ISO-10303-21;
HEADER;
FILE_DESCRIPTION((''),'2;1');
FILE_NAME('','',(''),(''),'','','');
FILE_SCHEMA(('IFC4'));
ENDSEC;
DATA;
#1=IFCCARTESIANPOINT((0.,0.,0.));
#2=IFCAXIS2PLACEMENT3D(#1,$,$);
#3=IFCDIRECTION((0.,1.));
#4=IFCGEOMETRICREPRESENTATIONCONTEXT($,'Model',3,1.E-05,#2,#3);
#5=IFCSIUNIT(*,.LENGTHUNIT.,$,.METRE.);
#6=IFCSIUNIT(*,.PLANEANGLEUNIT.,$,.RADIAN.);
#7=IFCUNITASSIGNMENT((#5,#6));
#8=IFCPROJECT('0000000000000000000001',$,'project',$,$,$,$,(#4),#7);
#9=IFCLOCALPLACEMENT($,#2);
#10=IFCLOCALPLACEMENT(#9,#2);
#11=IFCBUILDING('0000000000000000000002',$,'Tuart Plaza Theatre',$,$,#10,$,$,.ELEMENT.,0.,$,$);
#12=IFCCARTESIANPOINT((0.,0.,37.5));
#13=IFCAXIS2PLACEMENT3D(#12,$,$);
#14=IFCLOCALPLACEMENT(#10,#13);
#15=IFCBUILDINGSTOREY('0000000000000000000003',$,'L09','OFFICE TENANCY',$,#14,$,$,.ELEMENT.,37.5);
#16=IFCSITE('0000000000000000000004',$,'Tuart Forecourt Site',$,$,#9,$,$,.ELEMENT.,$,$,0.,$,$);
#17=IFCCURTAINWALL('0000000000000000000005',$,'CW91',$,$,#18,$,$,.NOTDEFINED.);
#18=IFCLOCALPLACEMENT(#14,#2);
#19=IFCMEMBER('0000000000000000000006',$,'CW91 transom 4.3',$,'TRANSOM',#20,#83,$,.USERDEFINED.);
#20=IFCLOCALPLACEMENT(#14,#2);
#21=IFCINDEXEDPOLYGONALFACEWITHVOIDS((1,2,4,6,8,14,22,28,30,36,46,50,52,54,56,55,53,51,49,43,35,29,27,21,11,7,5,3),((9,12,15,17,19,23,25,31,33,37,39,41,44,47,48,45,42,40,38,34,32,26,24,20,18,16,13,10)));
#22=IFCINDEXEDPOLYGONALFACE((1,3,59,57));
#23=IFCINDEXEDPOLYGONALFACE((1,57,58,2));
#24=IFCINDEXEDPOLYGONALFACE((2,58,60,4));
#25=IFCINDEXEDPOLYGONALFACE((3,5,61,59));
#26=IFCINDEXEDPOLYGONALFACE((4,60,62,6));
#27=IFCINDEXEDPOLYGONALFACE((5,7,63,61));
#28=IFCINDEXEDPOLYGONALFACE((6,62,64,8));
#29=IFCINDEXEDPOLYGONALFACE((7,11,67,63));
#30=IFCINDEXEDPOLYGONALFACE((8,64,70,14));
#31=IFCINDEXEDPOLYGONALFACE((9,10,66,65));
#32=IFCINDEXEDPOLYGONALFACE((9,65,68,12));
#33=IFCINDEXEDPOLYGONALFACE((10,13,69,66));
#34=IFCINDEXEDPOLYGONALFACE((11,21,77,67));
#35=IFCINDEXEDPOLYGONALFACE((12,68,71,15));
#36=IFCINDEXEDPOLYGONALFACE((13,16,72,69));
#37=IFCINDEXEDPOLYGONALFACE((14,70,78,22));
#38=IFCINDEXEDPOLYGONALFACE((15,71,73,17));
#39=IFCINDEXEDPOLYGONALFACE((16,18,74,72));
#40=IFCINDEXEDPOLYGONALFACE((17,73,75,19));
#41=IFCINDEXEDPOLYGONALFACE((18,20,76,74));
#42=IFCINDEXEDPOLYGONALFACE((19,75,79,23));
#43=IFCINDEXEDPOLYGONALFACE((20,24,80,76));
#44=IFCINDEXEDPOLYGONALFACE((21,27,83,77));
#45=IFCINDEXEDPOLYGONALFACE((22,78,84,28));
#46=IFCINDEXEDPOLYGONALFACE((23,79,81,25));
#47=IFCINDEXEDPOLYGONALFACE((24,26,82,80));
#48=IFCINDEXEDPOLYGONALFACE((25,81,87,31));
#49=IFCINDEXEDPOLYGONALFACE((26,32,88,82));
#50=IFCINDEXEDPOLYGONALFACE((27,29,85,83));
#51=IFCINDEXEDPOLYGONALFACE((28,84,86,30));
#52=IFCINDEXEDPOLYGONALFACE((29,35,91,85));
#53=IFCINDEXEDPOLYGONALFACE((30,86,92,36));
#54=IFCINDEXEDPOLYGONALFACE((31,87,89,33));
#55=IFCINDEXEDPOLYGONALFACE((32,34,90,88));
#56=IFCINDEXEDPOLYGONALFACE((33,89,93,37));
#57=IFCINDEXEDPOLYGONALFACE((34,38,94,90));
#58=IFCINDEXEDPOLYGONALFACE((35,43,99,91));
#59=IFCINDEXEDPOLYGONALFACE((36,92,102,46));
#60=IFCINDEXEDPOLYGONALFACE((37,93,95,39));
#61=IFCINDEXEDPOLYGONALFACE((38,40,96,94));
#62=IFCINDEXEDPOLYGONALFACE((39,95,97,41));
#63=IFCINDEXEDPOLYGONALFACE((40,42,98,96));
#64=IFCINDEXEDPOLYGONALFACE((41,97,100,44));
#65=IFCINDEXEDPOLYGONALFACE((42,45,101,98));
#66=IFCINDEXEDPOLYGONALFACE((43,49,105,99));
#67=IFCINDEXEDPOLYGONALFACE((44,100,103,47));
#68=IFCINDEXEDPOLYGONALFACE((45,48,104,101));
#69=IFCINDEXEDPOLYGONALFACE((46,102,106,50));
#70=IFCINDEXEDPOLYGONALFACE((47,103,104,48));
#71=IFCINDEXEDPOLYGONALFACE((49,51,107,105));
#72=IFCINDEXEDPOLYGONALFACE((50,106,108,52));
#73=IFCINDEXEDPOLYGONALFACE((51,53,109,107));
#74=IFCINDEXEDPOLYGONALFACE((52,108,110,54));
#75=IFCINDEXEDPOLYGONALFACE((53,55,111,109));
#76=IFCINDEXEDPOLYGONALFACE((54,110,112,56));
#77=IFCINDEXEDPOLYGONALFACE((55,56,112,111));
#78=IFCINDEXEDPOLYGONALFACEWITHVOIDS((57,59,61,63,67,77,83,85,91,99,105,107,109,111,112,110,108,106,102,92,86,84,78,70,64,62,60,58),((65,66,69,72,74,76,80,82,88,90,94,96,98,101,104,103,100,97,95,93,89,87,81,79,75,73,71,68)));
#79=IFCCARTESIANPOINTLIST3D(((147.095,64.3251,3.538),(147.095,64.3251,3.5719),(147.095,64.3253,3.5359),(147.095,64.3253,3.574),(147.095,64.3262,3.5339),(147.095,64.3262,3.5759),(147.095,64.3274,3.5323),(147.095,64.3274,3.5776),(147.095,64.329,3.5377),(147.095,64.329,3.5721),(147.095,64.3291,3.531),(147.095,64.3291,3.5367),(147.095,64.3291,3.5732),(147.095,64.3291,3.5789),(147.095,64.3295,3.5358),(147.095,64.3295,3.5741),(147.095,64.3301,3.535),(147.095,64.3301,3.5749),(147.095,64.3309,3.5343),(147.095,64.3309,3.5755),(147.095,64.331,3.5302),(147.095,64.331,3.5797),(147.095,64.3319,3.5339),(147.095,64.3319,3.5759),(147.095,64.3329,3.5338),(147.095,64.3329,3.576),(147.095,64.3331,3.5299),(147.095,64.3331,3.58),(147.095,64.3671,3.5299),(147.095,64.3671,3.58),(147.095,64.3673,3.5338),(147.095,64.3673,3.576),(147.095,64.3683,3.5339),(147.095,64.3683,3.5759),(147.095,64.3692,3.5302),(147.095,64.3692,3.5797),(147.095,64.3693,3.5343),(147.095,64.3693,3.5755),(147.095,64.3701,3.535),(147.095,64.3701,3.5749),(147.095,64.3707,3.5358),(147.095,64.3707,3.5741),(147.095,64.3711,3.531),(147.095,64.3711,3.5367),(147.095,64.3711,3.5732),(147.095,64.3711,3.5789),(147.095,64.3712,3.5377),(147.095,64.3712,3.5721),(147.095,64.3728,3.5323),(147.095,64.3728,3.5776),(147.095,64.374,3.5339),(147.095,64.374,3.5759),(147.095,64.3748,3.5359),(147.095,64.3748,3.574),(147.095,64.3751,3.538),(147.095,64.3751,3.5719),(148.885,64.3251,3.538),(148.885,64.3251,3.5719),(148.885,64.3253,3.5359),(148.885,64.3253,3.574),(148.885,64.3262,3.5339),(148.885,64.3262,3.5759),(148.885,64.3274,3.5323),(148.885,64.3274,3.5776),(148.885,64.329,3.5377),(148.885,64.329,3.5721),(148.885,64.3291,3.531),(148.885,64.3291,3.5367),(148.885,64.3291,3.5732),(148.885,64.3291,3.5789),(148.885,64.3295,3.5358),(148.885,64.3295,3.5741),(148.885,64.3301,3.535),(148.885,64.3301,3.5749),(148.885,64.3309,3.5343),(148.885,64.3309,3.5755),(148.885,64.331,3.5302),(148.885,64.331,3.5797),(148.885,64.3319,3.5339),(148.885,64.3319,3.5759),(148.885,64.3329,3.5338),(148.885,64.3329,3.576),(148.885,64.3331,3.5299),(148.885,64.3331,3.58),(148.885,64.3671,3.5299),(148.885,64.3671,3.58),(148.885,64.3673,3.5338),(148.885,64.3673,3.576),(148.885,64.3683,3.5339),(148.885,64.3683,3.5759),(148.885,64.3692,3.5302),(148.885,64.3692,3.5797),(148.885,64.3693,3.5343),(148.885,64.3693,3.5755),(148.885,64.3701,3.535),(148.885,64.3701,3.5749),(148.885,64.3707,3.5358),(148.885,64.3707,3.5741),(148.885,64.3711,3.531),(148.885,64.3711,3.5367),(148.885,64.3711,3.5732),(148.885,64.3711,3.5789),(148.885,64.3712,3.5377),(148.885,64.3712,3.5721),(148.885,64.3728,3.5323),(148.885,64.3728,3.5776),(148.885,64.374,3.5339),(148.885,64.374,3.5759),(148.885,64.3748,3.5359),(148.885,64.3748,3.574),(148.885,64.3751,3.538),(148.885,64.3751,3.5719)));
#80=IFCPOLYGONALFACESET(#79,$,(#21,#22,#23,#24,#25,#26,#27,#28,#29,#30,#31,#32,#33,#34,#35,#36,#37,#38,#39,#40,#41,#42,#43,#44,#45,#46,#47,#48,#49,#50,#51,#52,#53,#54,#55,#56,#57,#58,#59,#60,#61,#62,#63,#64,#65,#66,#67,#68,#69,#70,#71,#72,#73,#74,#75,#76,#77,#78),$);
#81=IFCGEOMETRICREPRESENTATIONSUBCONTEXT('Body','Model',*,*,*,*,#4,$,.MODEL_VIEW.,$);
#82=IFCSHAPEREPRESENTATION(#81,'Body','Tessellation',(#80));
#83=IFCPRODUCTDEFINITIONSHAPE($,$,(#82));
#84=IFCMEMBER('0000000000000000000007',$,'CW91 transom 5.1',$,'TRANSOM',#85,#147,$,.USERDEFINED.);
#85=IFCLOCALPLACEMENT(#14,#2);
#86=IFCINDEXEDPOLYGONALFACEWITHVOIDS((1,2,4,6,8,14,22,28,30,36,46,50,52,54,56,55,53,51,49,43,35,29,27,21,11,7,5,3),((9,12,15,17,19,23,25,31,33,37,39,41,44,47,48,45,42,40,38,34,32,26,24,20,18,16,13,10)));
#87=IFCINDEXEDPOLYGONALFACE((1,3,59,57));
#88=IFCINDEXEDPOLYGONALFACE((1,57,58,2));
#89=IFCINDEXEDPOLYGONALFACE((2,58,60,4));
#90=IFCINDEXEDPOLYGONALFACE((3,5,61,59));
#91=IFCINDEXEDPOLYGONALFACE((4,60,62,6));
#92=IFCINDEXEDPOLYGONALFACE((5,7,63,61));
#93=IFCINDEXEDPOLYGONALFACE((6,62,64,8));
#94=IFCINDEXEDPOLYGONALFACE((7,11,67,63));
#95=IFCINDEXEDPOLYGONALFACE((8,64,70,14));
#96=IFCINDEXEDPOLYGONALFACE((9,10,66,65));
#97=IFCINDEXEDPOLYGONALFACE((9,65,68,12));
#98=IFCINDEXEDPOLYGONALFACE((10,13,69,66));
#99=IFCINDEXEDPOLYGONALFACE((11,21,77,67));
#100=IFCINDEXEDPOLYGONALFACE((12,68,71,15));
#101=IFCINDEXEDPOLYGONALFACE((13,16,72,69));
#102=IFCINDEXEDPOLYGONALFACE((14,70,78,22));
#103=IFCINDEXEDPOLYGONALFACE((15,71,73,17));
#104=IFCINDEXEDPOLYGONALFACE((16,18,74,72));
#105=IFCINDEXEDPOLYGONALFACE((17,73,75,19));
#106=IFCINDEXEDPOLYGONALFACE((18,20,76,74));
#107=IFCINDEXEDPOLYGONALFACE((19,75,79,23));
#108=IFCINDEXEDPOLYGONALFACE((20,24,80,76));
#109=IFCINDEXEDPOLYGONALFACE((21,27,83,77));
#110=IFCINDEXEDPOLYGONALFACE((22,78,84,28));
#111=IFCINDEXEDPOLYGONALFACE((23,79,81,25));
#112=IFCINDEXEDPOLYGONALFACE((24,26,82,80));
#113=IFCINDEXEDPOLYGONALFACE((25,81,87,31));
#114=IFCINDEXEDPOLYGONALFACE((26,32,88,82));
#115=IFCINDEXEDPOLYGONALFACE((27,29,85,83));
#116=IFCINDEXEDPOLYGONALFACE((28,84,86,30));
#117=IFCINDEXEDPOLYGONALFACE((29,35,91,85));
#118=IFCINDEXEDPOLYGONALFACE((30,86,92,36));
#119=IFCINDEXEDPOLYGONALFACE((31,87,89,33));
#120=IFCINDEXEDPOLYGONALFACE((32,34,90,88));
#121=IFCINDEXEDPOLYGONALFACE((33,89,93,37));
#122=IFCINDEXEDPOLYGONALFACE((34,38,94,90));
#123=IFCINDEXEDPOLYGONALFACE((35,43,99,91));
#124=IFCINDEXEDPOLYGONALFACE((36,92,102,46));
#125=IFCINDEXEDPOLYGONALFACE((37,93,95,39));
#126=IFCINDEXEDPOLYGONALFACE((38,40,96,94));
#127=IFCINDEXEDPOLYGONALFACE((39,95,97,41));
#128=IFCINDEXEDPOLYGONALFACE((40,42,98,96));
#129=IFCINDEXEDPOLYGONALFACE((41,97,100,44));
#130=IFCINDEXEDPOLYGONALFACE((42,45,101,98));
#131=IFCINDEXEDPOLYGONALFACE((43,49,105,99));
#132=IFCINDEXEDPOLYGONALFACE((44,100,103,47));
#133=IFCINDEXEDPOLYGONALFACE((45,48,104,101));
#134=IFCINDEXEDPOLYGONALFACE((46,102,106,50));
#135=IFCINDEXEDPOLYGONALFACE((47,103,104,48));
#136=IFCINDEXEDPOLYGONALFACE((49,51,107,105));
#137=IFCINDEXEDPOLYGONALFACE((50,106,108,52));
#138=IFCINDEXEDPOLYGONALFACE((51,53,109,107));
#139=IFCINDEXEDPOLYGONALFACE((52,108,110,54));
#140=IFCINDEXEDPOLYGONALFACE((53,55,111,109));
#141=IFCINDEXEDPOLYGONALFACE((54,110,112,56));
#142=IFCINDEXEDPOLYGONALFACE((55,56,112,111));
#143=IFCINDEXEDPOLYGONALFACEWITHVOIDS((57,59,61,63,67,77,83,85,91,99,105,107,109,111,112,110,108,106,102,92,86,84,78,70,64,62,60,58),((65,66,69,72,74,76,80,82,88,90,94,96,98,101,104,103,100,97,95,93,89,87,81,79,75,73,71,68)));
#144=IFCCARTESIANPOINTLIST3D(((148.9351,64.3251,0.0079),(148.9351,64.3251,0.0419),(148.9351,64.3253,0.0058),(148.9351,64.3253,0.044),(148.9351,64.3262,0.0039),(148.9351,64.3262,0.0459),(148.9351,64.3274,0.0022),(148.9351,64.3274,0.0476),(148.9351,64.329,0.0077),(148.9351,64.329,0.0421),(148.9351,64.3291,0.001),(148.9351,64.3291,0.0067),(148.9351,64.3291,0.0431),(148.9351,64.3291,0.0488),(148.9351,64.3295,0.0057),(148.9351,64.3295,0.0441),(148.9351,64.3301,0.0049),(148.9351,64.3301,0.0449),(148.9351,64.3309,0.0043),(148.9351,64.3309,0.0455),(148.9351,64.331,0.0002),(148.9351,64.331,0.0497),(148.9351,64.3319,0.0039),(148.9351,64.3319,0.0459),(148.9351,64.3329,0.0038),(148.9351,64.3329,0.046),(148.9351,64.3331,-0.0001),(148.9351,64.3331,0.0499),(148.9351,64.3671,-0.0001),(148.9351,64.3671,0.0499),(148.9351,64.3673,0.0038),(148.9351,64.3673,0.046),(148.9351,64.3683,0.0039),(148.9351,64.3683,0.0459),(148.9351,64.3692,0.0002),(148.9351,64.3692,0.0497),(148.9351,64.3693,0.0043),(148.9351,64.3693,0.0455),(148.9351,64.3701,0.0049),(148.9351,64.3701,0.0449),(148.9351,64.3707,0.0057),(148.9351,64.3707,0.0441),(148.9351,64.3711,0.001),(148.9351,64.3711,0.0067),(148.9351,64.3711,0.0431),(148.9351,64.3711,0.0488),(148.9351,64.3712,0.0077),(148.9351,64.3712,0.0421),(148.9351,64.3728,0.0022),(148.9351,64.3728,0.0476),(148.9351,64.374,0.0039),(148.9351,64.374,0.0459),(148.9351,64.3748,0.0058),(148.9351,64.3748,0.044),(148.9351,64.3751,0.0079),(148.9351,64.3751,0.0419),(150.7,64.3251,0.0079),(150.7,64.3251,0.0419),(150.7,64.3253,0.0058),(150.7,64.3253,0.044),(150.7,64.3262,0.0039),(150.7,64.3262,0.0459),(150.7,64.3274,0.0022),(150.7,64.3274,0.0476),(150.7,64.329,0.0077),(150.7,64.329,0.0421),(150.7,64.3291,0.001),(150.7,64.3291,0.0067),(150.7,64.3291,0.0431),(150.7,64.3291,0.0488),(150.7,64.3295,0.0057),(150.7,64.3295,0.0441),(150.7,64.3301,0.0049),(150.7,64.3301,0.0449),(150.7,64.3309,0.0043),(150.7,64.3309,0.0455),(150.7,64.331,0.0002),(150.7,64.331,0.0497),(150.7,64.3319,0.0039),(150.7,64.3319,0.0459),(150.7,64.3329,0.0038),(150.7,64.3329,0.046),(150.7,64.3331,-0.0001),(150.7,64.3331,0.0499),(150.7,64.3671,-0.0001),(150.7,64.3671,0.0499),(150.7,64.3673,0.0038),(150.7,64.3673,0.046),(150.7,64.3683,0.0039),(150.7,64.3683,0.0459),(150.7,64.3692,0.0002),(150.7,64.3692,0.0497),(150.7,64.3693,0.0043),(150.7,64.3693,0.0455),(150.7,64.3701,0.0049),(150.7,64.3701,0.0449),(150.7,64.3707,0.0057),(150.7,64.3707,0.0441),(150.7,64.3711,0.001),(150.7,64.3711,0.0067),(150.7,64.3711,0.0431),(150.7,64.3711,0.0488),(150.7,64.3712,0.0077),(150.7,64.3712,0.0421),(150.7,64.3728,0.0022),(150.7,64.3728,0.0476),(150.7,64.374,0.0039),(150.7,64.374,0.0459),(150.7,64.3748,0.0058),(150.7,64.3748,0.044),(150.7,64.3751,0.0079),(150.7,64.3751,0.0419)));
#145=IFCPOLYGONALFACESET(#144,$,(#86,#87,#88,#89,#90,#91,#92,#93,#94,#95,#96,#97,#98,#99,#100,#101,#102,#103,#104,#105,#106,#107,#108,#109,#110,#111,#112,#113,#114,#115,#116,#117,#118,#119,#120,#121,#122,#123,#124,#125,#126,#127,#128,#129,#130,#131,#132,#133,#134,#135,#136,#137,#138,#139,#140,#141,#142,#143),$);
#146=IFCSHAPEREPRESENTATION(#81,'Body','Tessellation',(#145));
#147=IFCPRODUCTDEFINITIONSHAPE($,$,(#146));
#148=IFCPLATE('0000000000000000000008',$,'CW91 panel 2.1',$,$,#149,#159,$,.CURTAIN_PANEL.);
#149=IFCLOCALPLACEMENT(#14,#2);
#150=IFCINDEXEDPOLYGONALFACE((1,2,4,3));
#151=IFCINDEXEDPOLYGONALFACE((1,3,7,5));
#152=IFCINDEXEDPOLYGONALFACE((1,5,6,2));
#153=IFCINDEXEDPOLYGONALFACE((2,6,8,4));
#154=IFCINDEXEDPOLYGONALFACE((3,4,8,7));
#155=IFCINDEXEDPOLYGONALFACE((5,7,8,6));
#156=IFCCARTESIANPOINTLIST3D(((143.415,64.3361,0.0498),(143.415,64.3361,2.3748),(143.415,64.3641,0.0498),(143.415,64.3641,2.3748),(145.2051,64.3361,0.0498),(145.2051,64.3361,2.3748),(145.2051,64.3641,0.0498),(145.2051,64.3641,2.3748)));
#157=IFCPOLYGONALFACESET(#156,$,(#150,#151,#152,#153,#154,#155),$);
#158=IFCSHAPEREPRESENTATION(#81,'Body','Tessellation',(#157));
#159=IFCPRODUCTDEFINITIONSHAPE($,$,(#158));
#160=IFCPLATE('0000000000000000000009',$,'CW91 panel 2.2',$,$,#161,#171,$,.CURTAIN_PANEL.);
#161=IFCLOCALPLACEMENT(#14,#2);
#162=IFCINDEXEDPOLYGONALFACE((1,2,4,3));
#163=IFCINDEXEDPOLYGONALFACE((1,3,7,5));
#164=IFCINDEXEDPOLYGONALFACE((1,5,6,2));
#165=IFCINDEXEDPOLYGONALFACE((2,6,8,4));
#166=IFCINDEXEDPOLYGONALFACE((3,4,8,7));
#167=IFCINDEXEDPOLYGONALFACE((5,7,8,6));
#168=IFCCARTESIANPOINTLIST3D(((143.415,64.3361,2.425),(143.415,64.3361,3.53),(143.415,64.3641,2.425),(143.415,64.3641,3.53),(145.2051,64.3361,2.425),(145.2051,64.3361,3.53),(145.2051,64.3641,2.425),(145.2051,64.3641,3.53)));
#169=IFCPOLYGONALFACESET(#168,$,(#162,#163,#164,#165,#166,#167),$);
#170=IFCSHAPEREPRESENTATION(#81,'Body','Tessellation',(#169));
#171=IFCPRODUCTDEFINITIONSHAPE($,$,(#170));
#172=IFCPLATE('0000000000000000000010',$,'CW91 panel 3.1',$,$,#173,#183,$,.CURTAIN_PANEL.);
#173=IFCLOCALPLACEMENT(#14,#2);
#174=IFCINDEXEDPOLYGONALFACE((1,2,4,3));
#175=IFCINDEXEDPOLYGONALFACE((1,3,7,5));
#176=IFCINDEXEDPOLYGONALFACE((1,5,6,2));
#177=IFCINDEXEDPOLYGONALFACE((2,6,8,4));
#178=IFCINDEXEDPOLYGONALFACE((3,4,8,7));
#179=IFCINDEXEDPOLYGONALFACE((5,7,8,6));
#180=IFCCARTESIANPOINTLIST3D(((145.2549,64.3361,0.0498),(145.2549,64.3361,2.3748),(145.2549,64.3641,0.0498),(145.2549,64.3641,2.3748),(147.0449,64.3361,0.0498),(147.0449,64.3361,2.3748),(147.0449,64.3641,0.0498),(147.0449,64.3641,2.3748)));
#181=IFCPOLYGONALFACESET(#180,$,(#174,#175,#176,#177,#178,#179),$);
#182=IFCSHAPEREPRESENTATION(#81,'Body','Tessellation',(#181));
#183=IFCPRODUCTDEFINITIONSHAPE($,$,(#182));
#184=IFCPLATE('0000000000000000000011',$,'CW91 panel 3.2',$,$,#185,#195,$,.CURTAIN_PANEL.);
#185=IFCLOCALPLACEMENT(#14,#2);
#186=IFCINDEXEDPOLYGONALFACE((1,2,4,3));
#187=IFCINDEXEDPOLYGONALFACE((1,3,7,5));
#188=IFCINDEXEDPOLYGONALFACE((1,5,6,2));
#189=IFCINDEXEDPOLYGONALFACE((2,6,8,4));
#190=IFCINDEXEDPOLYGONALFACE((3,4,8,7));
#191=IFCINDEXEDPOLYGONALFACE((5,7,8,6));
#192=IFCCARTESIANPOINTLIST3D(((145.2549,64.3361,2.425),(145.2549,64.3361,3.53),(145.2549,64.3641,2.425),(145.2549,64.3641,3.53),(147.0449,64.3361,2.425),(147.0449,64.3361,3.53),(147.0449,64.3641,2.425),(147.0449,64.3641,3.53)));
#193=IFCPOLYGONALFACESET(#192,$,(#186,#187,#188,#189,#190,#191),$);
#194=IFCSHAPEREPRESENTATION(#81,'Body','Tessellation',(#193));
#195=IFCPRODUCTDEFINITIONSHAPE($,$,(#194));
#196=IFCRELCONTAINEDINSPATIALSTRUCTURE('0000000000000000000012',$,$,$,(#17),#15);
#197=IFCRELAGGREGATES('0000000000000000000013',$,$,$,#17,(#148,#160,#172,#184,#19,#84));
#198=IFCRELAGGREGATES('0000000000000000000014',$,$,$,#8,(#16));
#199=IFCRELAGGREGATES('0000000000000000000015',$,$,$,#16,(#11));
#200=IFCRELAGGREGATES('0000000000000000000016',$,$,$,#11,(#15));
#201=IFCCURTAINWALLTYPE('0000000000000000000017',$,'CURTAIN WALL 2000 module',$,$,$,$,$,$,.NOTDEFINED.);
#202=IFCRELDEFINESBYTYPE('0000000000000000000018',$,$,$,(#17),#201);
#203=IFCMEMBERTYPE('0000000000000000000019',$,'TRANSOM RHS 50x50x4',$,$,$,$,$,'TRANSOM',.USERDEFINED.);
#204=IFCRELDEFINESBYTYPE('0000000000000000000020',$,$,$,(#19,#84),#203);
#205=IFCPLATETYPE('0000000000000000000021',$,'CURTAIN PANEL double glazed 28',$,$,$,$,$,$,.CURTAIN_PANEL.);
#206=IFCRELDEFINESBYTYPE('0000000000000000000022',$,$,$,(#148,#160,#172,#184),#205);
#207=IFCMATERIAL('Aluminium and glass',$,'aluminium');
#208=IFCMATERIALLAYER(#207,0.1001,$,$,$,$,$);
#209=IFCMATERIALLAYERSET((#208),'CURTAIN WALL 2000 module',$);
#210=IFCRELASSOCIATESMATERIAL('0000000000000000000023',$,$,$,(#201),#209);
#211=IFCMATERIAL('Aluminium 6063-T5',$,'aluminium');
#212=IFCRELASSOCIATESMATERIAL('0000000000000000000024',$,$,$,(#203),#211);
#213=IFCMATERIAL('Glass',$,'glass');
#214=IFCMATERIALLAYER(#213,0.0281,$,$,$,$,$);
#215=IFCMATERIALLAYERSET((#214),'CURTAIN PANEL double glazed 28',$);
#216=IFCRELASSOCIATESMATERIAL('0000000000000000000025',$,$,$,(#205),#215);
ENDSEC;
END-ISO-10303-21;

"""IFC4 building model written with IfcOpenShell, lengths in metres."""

from ifc_helpers import new_model, si_unit, direction, frame, origin, origin_2d, place, context, subcontext, project, spatial, rectangle, hollow_rectangle, extrude, material, layer, layer_set, material_profile, profile_set, type_object, element, aggregate, save


model = new_model("IFC4")

# Units and contexts
model_context = context("Model", 3, precision=1e-05, world=origin(), true_north=direction((0.0, 1.0)))
body_context = subcontext(model_context, "Body", "Model", "MODEL_VIEW")
ifc_project = project(units=[si_unit("LENGTHUNIT", "METRE"), si_unit("PLANEANGLEUNIT", "RADIAN")], contexts=[model_context])

# Site, building, storey
site_placement = place(None, origin())
site = spatial("IfcSite", under=ifc_project, at=site_placement, Name="Tuart Forecourt Site", CompositionType="ELEMENT", RefElevation=0.0)
building_placement = place(site_placement, origin())
building = spatial("IfcBuilding", under=site, at=building_placement, Name="Tuart Plaza Theatre", CompositionType="ELEMENT", ElevationOfRefHeight=0.0)
storey_placement = place(building_placement, frame((0.0, 0.0, 37.5)))
storey = spatial("IfcBuildingStorey", under=building, at=storey_placement, Name="L09", Description="OFFICE TENANCY", CompositionType="ELEMENT", Elevation=37.5)

# Curtain wall, members, plates
ifc_material_1 = material(Name="Aluminium and glass", Category="aluminium")
ifc_layer_1 = layer(ifc_material_1, 0.1001)
ifc_layer_set_1 = layer_set([ifc_layer_1], Name="CURTAIN WALL 2000 module")
curtain_wall_type = type_object("IfcCurtainWallType", Name="CURTAIN WALL 2000 module", PredefinedType="NOTDEFINED", material=ifc_layer_set_1)
curtain_wall_placement = place(storey_placement, origin())
curtain_wall = element("IfcCurtainWall", 1, at=curtain_wall_placement, inside=storey, type_object=curtain_wall_type, Name="CW91", PredefinedType="NOTDEFINED")
ifc_material_2 = material(Name="Aluminium 6063-T5", Category="aluminium")
ifc_material_profile_1 = material_profile(ifc_material_2, hollow_rectangle(XDim=0.05, YDim=0.05, WallThickness=0.0039, InnerFilletRadius=0.0039, OuterFilletRadius=0.0081, at=origin_2d()), Name="RHS 50x50x4")
ifc_profile_set_1 = profile_set([ifc_material_profile_1], Name="Aluminium 6063-T5")
member_type_1 = type_object("IfcMemberType", Name="TRANSOM RHS 50x50x4", ElementType="TRANSOM", PredefinedType="USERDEFINED", material=ifc_profile_set_1)
member_1_placement = place(storey_placement, frame((147.095, 64.3501, 3.5549), z_axis=(1.0, 0.0, 0.0), x_axis=(0.0, 1.0, 0.0)))
member_1 = element("IfcMember", 2, at=member_1_placement, type_object=member_type_1, Name="CW91 transom 4.3", ObjectType="TRANSOM", PredefinedType="USERDEFINED", context=body_context, shape_type="SweptSolid", body=[
    extrude(hollow_rectangle(XDim=0.05, YDim=0.05, WallThickness=0.0039, InnerFilletRadius=0.0039, OuterFilletRadius=0.0081, at=origin_2d()), origin(), (0.0, 0.0, 1.0), 1.79),
])
member_2_placement = place(storey_placement, frame((148.9351, 64.3501, 0.0249), z_axis=(1.0, 0.0, 0.0), x_axis=(0.0, 1.0, 0.0)))
member_2 = element("IfcMember", 3, at=member_2_placement, type_object=member_type_1, Name="CW91 transom 5.1", ObjectType="TRANSOM", PredefinedType="USERDEFINED", context=body_context, shape_type="SweptSolid", body=[
    extrude(hollow_rectangle(XDim=0.05, YDim=0.05, WallThickness=0.0039, InnerFilletRadius=0.0039, OuterFilletRadius=0.0081, at=origin_2d()), origin(), (0.0, 0.0, 1.0), 1.7649),
])
ifc_material_3 = material(Name="Glass", Category="glass")
ifc_layer_2 = layer(ifc_material_3, 0.0281)
ifc_layer_set_2 = layer_set([ifc_layer_2], Name="CURTAIN PANEL double glazed 28")
plate_type_1 = type_object("IfcPlateType", Name="CURTAIN PANEL double glazed 28", PredefinedType="CURTAIN_PANEL", material=ifc_layer_set_2)
plate_1_placement = place(storey_placement, frame((144.3101, 64.3501, 0.0498), z_axis=(0.0, 0.0, 1.0), x_axis=(1.0, 0.0, 0.0)))
plate_1 = element("IfcPlate", 4, at=plate_1_placement, type_object=plate_type_1, Name="CW91 panel 2.1", PredefinedType="CURTAIN_PANEL", context=body_context, shape_type="SweptSolid", body=[
    extrude(rectangle(XDim=1.79, YDim=0.0281, at=origin_2d()), origin(), (0.0, 0.0, 1.0), 2.325),
])
plate_2_placement = place(storey_placement, frame((144.3101, 64.3501, 2.425), z_axis=(0.0, 0.0, 1.0), x_axis=(1.0, 0.0, 0.0)))
plate_2 = element("IfcPlate", 5, at=plate_2_placement, type_object=plate_type_1, Name="CW91 panel 2.2", PredefinedType="CURTAIN_PANEL", context=body_context, shape_type="SweptSolid", body=[
    extrude(rectangle(XDim=1.79, YDim=0.0281, at=origin_2d()), origin(), (0.0, 0.0, 1.0), 1.105),
])
plate_3_placement = place(storey_placement, frame((146.1499, 64.3501, 0.0498), z_axis=(0.0, 0.0, 1.0), x_axis=(1.0, 0.0, 0.0)))
plate_3 = element("IfcPlate", 6, at=plate_3_placement, type_object=plate_type_1, Name="CW91 panel 3.1", PredefinedType="CURTAIN_PANEL", context=body_context, shape_type="SweptSolid", body=[
    extrude(rectangle(XDim=1.79, YDim=0.0281, at=origin_2d()), origin(), (0.0, 0.0, 1.0), 2.325),
])
plate_4_placement = place(storey_placement, frame((146.1499, 64.3501, 2.425), z_axis=(0.0, 0.0, 1.0), x_axis=(1.0, 0.0, 0.0)))
plate_4 = element("IfcPlate", 7, at=plate_4_placement, type_object=plate_type_1, Name="CW91 panel 3.2", PredefinedType="CURTAIN_PANEL", context=body_context, shape_type="SweptSolid", body=[
    extrude(rectangle(XDim=1.79, YDim=0.0281, at=origin_2d()), origin(), (0.0, 0.0, 1.0), 1.105),
])
aggregate(curtain_wall, [plate_1, plate_2, plate_3, plate_4, member_1, member_2])

save(model, "model.ifc")
